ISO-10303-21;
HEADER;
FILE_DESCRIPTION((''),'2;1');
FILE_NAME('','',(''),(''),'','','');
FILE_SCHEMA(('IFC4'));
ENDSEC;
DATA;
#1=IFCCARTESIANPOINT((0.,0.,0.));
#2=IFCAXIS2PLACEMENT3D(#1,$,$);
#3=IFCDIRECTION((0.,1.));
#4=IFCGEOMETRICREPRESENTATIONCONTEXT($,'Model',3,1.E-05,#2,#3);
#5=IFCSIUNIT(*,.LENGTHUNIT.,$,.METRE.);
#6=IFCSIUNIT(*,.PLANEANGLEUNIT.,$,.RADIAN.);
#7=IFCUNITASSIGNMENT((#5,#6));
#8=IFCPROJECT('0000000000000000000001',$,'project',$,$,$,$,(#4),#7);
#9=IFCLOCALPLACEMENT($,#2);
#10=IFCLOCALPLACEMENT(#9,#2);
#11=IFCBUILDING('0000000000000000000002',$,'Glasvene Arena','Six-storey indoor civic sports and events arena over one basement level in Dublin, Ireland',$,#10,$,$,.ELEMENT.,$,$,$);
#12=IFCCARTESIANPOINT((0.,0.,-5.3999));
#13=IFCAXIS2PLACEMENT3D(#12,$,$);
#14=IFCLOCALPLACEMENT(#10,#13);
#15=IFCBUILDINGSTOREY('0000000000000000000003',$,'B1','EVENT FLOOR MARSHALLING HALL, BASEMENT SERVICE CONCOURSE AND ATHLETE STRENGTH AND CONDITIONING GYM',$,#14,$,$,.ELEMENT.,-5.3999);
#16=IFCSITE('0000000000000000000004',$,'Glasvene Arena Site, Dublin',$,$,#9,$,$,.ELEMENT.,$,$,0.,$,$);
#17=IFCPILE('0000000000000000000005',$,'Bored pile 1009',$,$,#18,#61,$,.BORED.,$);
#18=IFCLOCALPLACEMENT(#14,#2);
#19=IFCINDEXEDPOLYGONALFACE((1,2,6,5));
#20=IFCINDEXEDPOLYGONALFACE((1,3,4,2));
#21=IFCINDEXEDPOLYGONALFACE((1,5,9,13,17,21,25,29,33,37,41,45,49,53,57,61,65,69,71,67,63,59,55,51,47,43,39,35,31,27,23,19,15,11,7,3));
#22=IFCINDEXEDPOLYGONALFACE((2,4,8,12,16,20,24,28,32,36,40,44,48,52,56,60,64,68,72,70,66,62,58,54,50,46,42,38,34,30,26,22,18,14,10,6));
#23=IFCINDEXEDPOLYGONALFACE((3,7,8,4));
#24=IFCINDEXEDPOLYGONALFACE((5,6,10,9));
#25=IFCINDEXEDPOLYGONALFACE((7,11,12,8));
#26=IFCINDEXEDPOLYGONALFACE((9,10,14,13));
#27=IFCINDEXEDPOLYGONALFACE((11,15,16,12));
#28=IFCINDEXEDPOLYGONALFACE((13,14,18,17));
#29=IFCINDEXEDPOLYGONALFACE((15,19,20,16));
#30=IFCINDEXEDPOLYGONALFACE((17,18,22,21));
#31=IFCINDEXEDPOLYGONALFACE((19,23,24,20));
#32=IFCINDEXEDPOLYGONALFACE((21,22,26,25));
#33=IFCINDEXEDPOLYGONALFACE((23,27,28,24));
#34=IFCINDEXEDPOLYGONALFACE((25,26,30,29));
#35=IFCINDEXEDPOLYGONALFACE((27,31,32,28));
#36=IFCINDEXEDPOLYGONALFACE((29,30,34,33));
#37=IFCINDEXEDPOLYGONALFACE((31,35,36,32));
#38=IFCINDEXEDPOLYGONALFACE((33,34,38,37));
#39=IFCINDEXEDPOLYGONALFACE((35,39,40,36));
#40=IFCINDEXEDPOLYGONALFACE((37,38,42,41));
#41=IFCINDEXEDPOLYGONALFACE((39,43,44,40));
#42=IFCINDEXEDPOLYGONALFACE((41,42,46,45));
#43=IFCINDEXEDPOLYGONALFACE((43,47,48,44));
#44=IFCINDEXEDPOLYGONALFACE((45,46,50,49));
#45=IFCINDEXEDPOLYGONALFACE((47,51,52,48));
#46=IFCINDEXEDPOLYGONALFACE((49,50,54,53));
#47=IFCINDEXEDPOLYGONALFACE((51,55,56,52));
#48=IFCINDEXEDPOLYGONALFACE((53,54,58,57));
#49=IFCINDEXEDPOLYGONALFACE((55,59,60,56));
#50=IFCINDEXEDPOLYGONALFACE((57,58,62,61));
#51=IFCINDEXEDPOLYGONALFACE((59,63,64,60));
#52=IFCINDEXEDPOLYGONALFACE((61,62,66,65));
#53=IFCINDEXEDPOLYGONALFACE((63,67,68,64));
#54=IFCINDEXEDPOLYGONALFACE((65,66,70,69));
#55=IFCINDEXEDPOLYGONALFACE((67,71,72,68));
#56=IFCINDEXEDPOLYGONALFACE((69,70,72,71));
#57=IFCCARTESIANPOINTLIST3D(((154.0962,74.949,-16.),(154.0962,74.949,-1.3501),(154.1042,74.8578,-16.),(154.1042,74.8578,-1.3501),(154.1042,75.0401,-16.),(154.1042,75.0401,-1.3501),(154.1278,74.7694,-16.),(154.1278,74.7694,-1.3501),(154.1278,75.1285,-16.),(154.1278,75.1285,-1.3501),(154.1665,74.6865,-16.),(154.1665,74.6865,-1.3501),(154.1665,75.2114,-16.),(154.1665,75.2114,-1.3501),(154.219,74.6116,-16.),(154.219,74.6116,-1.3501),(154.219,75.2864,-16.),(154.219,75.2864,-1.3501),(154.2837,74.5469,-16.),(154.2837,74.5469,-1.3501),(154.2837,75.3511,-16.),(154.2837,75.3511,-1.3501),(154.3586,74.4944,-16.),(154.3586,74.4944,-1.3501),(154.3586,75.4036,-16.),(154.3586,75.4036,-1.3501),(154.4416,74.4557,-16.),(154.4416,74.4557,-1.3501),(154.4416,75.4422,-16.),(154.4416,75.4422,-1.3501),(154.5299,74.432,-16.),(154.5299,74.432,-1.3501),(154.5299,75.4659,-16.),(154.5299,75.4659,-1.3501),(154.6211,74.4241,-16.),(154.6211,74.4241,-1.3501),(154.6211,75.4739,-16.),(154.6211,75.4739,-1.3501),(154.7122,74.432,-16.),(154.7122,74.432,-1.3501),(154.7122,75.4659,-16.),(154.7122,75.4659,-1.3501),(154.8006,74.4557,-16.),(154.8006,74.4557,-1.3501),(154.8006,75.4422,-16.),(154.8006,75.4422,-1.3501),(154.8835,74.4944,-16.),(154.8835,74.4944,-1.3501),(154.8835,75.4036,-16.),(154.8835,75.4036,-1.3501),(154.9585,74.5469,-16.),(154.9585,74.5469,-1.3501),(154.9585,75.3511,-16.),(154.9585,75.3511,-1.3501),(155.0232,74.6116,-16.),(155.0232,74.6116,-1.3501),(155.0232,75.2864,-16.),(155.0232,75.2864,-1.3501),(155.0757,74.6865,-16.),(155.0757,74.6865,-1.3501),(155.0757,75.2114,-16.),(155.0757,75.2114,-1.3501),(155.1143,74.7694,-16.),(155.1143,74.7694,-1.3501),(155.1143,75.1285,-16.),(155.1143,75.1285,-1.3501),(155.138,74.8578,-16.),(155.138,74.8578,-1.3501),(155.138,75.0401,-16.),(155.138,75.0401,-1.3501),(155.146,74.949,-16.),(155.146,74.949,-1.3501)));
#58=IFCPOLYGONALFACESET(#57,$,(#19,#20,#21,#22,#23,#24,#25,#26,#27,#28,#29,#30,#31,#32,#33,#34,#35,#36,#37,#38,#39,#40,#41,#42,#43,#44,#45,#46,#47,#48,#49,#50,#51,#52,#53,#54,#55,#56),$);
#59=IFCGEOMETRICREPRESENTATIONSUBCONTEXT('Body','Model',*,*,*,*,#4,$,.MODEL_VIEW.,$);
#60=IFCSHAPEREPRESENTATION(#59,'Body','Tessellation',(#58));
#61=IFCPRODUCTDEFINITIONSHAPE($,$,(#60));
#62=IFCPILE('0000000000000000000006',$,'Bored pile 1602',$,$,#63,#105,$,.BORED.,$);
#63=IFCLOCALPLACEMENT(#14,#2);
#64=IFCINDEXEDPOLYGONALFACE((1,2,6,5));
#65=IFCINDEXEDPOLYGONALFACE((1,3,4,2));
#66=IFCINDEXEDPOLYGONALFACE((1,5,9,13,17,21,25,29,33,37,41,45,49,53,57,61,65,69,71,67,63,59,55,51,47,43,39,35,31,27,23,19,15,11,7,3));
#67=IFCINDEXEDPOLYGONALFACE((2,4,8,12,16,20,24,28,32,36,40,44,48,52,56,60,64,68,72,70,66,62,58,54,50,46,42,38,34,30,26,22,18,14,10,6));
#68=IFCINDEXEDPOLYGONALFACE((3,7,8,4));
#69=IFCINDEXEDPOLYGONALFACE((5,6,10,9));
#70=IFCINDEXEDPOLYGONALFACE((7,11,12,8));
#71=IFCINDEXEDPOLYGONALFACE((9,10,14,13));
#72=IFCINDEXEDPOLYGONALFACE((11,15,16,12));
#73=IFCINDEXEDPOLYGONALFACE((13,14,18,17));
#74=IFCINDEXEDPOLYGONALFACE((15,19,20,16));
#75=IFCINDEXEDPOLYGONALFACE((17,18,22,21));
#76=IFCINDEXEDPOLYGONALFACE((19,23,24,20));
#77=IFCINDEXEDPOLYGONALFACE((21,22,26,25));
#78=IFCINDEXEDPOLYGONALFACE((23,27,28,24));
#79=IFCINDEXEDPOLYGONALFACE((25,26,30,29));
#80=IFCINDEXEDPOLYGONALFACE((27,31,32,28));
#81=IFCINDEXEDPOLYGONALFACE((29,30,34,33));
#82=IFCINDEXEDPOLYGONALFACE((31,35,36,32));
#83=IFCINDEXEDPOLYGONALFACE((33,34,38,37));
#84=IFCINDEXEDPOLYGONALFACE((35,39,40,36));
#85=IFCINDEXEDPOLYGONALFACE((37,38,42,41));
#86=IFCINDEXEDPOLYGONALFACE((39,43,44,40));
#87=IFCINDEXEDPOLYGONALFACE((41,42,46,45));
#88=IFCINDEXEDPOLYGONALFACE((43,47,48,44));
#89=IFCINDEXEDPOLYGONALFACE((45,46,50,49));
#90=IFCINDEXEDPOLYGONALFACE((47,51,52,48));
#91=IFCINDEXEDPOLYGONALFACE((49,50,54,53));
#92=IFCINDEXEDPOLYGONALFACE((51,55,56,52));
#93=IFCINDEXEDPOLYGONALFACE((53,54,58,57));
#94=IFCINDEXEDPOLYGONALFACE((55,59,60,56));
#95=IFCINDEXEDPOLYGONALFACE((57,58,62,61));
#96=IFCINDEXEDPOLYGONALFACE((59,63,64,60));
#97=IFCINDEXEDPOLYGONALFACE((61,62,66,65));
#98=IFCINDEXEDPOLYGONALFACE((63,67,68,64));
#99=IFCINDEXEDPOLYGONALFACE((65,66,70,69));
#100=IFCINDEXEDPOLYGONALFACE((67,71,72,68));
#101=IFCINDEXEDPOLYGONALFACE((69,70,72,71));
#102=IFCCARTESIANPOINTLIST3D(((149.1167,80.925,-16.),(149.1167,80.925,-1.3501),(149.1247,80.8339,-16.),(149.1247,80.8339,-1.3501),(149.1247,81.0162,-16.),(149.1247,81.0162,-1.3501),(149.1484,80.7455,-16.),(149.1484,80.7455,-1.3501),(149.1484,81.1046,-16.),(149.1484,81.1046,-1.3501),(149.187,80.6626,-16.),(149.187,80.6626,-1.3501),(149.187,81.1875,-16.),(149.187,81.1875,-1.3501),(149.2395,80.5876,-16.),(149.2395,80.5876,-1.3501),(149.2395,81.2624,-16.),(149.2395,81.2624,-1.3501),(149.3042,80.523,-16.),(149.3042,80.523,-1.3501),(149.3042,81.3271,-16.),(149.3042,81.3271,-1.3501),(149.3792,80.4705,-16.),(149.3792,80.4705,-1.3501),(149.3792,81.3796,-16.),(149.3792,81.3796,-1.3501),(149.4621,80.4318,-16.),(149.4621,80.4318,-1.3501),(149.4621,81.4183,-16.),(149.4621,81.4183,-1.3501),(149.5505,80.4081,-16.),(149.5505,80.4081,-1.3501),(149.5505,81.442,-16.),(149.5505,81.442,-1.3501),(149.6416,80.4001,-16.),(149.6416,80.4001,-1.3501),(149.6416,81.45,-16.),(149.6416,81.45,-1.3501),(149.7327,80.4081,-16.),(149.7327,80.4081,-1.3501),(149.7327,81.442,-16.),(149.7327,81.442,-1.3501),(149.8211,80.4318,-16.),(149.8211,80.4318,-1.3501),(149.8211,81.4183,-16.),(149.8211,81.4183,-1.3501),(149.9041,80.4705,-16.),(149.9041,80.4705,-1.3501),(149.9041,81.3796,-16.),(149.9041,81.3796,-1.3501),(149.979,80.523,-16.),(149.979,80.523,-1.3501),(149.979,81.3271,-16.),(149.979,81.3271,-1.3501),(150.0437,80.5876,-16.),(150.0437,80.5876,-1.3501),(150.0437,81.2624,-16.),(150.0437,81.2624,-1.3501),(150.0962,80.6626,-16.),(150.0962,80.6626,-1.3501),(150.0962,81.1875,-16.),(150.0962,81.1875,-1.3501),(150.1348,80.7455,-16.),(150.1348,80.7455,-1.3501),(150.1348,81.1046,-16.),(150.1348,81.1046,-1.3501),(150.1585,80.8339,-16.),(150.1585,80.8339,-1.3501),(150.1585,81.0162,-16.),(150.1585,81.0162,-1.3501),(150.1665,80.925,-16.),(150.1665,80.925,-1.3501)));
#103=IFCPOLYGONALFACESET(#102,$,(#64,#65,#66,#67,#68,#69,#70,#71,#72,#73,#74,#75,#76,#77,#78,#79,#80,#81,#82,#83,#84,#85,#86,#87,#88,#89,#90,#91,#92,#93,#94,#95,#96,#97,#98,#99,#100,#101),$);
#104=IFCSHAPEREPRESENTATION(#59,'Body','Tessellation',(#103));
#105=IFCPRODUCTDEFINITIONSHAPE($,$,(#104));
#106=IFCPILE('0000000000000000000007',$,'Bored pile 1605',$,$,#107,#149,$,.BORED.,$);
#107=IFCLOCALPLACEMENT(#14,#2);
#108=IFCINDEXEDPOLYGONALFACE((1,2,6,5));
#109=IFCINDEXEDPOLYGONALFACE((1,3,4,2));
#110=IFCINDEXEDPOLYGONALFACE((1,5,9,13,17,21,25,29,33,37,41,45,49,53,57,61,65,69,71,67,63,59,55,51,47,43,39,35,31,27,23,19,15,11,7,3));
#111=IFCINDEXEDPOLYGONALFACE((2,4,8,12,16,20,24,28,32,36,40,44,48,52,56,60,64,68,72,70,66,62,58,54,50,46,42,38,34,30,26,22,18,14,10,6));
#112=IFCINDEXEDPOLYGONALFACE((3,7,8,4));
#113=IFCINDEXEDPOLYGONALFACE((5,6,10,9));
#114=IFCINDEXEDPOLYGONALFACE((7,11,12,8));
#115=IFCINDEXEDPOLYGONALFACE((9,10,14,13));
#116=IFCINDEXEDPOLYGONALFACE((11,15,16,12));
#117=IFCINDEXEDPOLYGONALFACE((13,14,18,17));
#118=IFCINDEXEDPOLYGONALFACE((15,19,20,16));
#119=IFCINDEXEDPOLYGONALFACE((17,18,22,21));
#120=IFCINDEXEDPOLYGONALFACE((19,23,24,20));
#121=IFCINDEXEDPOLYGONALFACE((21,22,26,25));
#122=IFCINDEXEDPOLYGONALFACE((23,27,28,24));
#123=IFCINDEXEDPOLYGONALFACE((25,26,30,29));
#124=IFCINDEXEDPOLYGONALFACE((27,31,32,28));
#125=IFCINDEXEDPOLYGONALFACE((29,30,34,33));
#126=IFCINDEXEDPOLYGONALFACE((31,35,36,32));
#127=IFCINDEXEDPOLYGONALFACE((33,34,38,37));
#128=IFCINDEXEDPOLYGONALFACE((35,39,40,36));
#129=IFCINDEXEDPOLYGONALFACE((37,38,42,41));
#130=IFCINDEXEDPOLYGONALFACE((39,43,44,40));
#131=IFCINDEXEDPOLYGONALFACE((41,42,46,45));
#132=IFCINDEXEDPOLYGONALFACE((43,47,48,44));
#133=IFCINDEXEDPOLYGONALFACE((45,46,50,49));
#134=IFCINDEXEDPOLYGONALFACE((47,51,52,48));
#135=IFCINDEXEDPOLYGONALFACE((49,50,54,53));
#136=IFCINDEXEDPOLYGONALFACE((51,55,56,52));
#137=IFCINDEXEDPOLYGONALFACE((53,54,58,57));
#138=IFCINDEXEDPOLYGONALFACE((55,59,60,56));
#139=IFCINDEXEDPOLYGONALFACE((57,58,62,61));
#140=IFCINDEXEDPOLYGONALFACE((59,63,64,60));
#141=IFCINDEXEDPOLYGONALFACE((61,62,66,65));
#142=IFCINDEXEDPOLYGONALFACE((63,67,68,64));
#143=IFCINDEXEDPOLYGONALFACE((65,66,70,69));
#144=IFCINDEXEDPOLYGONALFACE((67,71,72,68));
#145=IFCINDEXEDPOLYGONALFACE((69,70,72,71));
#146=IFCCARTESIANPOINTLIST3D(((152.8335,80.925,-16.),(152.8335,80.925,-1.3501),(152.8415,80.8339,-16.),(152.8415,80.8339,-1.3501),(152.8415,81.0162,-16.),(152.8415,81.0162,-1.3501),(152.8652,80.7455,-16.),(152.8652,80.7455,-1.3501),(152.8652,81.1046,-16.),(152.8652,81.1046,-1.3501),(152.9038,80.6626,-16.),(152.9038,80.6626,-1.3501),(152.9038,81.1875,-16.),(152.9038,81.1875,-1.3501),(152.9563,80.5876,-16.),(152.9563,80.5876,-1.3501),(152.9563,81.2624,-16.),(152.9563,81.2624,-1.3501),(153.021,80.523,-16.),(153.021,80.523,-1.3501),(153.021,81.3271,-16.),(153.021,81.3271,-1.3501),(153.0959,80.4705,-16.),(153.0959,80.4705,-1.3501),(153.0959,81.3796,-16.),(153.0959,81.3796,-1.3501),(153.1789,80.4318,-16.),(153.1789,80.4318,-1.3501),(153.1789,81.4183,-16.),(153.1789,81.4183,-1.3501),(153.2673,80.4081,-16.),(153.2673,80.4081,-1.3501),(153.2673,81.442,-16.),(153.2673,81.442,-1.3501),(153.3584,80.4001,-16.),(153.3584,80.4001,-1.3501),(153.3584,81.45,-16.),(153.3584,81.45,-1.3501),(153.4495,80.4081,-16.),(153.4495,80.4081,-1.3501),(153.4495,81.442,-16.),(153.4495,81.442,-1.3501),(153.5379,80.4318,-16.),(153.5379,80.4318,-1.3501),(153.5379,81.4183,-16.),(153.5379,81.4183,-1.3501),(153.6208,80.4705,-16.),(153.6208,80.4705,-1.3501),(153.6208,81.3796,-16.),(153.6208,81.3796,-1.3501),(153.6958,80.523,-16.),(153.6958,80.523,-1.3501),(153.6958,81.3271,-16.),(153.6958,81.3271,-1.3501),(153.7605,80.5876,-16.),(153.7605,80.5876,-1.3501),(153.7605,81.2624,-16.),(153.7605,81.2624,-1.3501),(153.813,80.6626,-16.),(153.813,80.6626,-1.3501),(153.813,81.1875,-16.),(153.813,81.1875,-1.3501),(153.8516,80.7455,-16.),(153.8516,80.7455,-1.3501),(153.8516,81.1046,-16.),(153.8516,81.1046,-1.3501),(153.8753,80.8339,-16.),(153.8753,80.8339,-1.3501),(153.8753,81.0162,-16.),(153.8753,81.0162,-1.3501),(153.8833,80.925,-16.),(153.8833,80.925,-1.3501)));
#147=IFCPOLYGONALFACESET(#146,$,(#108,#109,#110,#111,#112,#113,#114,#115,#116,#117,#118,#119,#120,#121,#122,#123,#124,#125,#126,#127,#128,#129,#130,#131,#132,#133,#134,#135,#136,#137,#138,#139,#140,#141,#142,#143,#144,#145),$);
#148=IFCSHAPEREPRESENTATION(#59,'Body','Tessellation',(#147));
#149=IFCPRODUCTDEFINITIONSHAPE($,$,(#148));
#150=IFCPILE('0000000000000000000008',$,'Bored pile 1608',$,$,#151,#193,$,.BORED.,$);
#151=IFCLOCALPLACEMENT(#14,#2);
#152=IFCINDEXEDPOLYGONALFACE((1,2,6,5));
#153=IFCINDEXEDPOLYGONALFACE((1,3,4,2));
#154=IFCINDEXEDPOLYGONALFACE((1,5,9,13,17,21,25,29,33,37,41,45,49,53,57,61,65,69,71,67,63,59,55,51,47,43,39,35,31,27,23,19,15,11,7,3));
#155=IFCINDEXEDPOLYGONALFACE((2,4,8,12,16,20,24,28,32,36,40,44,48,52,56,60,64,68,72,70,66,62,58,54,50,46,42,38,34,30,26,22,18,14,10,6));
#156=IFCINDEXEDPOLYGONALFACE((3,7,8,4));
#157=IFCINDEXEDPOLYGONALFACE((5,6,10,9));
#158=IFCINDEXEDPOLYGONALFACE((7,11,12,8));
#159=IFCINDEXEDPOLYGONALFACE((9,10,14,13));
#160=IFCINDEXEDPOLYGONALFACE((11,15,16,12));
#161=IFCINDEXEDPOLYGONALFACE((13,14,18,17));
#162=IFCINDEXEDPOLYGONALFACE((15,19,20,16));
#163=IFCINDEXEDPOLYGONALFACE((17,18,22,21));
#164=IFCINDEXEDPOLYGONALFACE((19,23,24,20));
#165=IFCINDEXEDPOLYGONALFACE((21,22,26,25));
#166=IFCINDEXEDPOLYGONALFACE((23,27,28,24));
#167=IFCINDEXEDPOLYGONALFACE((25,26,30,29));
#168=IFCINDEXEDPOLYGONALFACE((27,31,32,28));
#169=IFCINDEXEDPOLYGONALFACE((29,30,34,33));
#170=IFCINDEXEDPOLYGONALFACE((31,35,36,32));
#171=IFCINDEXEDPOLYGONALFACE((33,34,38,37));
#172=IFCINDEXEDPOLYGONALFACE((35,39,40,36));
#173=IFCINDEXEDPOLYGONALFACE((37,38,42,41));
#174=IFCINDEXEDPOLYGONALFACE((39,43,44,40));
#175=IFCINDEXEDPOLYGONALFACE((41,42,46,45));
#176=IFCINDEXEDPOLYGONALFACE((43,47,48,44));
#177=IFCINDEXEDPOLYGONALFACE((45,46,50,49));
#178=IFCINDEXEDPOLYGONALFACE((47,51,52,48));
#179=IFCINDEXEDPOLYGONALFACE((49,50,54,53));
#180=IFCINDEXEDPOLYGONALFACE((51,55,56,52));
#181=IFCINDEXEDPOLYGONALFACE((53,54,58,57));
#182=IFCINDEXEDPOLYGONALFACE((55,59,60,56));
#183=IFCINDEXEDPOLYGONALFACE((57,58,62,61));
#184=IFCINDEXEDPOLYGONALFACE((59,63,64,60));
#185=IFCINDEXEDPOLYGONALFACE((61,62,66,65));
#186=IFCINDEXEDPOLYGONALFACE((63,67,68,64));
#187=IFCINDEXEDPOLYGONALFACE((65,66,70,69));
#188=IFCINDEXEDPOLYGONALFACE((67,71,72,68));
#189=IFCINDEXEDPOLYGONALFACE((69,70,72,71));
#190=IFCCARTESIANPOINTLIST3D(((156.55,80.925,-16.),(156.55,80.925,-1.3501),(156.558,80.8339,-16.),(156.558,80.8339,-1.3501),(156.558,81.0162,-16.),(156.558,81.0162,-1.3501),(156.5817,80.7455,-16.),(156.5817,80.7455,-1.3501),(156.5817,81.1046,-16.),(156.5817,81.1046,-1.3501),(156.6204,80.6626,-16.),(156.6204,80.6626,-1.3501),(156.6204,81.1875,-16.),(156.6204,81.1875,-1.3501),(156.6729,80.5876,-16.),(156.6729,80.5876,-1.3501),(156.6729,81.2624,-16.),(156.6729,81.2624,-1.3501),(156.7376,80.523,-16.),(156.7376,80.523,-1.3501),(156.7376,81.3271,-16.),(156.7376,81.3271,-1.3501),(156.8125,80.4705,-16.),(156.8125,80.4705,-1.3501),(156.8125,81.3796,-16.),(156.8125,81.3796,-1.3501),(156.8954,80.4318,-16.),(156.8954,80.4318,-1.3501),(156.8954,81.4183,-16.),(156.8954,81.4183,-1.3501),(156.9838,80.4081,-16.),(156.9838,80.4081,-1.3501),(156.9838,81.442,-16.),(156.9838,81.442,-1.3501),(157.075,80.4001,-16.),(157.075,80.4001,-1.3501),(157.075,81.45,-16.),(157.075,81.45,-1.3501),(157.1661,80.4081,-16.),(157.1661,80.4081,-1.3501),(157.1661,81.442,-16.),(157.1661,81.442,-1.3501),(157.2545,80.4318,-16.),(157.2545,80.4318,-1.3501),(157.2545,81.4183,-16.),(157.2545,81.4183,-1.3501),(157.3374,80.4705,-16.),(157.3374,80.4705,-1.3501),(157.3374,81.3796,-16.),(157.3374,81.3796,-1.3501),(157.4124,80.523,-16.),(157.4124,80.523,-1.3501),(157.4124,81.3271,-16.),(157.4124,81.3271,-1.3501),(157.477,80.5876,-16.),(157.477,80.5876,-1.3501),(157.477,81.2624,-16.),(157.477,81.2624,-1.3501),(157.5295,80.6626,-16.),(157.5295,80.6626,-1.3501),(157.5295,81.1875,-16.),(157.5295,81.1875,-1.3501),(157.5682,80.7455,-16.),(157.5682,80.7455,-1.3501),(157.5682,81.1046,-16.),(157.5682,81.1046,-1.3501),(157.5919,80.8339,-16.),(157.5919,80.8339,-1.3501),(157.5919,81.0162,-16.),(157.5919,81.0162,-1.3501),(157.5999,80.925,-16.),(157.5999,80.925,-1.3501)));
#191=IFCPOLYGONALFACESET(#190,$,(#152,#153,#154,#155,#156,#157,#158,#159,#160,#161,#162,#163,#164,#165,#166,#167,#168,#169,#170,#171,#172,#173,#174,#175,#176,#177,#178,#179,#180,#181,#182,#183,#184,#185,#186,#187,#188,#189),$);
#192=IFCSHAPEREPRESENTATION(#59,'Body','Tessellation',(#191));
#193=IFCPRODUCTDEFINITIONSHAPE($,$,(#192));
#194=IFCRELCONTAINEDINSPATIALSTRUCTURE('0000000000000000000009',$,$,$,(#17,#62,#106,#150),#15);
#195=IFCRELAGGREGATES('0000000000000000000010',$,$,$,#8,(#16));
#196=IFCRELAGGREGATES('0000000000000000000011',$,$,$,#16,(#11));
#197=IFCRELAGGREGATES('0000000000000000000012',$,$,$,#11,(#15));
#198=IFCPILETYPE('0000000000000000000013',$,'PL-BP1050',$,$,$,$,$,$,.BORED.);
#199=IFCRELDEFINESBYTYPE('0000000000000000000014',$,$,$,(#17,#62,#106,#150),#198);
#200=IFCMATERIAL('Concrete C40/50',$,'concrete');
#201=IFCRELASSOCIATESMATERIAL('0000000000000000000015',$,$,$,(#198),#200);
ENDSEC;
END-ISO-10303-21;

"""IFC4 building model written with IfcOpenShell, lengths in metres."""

from ifc_helpers import new_model, si_unit, direction, frame, origin, origin_2d, place, context, subcontext, project, spatial, circle, extrude, material, material_profile, profile_set, type_object, element, save


model = new_model("IFC4")

# Units and contexts
model_context = context("Model", 3, precision=1e-05, world=origin(), true_north=direction((0.0, 1.0)))
body_context = subcontext(model_context, "Body", "Model", "MODEL_VIEW")
ifc_project = project(units=[si_unit("LENGTHUNIT", "METRE"), si_unit("PLANEANGLEUNIT", "RADIAN")], contexts=[model_context])

# Site, building, storey
site_placement = place(None, origin())
site = spatial("IfcSite", under=ifc_project, at=site_placement, Name="Glasvene Arena Site, Dublin", CompositionType="ELEMENT", RefElevation=0.0)
building_placement = place(site_placement, origin())
building = spatial("IfcBuilding", under=site, at=building_placement, Name="Glasvene Arena", Description="Six-storey indoor civic sports and events arena over one basement level in Dublin, Ireland", CompositionType="ELEMENT")
storey_placement = place(building_placement, frame((0.0, 0.0, -5.3999)))
storey = spatial("IfcBuildingStorey", under=building, at=storey_placement, Name="B1", Description="EVENT FLOOR MARSHALLING HALL, BASEMENT SERVICE CONCOURSE AND ATHLETE STRENGTH AND CONDITIONING GYM", CompositionType="ELEMENT", Elevation=-5.3999)

# Shared definitions
ifc_material_1 = material(Name="Concrete C40/50", Category="concrete")

# Piles
ifc_material_profile_1 = material_profile(ifc_material_1, circle(Radius=0.5249, at=origin_2d()), Name="BORED PILE 1050")
ifc_profile_set_1 = profile_set([ifc_material_profile_1], Name="Concrete C40/50")
pile_type = type_object("IfcPileType", Name="PL-BP1050", PredefinedType="BORED", material=ifc_profile_set_1)
for number, where, z_axis, x_axis, name in (
    (1, (154.6211, 74.949, -1.3501), (0.0, 0.0, -1.0), (1.0, 0.0, 0.0), "Bored pile 1009"),
    (2, (149.6416, 80.925, -1.3501), (0.0, 0.0, -1.0), (1.0, 0.0, 0.0), "Bored pile 1602"),
    (3, (153.3584, 80.925, -1.3501), (0.0, 0.0, -1.0), (1.0, 0.0, 0.0), "Bored pile 1605"),
    (4, (157.075, 80.925, -1.3501), (0.0, 0.0, -1.0), (1.0, 0.0, 0.0), "Bored pile 1608"),
):
    element("IfcPile", number, at=place(storey_placement, frame(where, z_axis=z_axis, x_axis=x_axis)), inside=storey, type_object=pile_type, Name=name, PredefinedType="BORED", context=body_context, shape_type="SweptSolid", body=[
        extrude(circle(Radius=0.5249, at=origin_2d()), origin(), (0.0, 0.0, 1.0), 14.6499),
    ])

save(model, "model.ifc")
